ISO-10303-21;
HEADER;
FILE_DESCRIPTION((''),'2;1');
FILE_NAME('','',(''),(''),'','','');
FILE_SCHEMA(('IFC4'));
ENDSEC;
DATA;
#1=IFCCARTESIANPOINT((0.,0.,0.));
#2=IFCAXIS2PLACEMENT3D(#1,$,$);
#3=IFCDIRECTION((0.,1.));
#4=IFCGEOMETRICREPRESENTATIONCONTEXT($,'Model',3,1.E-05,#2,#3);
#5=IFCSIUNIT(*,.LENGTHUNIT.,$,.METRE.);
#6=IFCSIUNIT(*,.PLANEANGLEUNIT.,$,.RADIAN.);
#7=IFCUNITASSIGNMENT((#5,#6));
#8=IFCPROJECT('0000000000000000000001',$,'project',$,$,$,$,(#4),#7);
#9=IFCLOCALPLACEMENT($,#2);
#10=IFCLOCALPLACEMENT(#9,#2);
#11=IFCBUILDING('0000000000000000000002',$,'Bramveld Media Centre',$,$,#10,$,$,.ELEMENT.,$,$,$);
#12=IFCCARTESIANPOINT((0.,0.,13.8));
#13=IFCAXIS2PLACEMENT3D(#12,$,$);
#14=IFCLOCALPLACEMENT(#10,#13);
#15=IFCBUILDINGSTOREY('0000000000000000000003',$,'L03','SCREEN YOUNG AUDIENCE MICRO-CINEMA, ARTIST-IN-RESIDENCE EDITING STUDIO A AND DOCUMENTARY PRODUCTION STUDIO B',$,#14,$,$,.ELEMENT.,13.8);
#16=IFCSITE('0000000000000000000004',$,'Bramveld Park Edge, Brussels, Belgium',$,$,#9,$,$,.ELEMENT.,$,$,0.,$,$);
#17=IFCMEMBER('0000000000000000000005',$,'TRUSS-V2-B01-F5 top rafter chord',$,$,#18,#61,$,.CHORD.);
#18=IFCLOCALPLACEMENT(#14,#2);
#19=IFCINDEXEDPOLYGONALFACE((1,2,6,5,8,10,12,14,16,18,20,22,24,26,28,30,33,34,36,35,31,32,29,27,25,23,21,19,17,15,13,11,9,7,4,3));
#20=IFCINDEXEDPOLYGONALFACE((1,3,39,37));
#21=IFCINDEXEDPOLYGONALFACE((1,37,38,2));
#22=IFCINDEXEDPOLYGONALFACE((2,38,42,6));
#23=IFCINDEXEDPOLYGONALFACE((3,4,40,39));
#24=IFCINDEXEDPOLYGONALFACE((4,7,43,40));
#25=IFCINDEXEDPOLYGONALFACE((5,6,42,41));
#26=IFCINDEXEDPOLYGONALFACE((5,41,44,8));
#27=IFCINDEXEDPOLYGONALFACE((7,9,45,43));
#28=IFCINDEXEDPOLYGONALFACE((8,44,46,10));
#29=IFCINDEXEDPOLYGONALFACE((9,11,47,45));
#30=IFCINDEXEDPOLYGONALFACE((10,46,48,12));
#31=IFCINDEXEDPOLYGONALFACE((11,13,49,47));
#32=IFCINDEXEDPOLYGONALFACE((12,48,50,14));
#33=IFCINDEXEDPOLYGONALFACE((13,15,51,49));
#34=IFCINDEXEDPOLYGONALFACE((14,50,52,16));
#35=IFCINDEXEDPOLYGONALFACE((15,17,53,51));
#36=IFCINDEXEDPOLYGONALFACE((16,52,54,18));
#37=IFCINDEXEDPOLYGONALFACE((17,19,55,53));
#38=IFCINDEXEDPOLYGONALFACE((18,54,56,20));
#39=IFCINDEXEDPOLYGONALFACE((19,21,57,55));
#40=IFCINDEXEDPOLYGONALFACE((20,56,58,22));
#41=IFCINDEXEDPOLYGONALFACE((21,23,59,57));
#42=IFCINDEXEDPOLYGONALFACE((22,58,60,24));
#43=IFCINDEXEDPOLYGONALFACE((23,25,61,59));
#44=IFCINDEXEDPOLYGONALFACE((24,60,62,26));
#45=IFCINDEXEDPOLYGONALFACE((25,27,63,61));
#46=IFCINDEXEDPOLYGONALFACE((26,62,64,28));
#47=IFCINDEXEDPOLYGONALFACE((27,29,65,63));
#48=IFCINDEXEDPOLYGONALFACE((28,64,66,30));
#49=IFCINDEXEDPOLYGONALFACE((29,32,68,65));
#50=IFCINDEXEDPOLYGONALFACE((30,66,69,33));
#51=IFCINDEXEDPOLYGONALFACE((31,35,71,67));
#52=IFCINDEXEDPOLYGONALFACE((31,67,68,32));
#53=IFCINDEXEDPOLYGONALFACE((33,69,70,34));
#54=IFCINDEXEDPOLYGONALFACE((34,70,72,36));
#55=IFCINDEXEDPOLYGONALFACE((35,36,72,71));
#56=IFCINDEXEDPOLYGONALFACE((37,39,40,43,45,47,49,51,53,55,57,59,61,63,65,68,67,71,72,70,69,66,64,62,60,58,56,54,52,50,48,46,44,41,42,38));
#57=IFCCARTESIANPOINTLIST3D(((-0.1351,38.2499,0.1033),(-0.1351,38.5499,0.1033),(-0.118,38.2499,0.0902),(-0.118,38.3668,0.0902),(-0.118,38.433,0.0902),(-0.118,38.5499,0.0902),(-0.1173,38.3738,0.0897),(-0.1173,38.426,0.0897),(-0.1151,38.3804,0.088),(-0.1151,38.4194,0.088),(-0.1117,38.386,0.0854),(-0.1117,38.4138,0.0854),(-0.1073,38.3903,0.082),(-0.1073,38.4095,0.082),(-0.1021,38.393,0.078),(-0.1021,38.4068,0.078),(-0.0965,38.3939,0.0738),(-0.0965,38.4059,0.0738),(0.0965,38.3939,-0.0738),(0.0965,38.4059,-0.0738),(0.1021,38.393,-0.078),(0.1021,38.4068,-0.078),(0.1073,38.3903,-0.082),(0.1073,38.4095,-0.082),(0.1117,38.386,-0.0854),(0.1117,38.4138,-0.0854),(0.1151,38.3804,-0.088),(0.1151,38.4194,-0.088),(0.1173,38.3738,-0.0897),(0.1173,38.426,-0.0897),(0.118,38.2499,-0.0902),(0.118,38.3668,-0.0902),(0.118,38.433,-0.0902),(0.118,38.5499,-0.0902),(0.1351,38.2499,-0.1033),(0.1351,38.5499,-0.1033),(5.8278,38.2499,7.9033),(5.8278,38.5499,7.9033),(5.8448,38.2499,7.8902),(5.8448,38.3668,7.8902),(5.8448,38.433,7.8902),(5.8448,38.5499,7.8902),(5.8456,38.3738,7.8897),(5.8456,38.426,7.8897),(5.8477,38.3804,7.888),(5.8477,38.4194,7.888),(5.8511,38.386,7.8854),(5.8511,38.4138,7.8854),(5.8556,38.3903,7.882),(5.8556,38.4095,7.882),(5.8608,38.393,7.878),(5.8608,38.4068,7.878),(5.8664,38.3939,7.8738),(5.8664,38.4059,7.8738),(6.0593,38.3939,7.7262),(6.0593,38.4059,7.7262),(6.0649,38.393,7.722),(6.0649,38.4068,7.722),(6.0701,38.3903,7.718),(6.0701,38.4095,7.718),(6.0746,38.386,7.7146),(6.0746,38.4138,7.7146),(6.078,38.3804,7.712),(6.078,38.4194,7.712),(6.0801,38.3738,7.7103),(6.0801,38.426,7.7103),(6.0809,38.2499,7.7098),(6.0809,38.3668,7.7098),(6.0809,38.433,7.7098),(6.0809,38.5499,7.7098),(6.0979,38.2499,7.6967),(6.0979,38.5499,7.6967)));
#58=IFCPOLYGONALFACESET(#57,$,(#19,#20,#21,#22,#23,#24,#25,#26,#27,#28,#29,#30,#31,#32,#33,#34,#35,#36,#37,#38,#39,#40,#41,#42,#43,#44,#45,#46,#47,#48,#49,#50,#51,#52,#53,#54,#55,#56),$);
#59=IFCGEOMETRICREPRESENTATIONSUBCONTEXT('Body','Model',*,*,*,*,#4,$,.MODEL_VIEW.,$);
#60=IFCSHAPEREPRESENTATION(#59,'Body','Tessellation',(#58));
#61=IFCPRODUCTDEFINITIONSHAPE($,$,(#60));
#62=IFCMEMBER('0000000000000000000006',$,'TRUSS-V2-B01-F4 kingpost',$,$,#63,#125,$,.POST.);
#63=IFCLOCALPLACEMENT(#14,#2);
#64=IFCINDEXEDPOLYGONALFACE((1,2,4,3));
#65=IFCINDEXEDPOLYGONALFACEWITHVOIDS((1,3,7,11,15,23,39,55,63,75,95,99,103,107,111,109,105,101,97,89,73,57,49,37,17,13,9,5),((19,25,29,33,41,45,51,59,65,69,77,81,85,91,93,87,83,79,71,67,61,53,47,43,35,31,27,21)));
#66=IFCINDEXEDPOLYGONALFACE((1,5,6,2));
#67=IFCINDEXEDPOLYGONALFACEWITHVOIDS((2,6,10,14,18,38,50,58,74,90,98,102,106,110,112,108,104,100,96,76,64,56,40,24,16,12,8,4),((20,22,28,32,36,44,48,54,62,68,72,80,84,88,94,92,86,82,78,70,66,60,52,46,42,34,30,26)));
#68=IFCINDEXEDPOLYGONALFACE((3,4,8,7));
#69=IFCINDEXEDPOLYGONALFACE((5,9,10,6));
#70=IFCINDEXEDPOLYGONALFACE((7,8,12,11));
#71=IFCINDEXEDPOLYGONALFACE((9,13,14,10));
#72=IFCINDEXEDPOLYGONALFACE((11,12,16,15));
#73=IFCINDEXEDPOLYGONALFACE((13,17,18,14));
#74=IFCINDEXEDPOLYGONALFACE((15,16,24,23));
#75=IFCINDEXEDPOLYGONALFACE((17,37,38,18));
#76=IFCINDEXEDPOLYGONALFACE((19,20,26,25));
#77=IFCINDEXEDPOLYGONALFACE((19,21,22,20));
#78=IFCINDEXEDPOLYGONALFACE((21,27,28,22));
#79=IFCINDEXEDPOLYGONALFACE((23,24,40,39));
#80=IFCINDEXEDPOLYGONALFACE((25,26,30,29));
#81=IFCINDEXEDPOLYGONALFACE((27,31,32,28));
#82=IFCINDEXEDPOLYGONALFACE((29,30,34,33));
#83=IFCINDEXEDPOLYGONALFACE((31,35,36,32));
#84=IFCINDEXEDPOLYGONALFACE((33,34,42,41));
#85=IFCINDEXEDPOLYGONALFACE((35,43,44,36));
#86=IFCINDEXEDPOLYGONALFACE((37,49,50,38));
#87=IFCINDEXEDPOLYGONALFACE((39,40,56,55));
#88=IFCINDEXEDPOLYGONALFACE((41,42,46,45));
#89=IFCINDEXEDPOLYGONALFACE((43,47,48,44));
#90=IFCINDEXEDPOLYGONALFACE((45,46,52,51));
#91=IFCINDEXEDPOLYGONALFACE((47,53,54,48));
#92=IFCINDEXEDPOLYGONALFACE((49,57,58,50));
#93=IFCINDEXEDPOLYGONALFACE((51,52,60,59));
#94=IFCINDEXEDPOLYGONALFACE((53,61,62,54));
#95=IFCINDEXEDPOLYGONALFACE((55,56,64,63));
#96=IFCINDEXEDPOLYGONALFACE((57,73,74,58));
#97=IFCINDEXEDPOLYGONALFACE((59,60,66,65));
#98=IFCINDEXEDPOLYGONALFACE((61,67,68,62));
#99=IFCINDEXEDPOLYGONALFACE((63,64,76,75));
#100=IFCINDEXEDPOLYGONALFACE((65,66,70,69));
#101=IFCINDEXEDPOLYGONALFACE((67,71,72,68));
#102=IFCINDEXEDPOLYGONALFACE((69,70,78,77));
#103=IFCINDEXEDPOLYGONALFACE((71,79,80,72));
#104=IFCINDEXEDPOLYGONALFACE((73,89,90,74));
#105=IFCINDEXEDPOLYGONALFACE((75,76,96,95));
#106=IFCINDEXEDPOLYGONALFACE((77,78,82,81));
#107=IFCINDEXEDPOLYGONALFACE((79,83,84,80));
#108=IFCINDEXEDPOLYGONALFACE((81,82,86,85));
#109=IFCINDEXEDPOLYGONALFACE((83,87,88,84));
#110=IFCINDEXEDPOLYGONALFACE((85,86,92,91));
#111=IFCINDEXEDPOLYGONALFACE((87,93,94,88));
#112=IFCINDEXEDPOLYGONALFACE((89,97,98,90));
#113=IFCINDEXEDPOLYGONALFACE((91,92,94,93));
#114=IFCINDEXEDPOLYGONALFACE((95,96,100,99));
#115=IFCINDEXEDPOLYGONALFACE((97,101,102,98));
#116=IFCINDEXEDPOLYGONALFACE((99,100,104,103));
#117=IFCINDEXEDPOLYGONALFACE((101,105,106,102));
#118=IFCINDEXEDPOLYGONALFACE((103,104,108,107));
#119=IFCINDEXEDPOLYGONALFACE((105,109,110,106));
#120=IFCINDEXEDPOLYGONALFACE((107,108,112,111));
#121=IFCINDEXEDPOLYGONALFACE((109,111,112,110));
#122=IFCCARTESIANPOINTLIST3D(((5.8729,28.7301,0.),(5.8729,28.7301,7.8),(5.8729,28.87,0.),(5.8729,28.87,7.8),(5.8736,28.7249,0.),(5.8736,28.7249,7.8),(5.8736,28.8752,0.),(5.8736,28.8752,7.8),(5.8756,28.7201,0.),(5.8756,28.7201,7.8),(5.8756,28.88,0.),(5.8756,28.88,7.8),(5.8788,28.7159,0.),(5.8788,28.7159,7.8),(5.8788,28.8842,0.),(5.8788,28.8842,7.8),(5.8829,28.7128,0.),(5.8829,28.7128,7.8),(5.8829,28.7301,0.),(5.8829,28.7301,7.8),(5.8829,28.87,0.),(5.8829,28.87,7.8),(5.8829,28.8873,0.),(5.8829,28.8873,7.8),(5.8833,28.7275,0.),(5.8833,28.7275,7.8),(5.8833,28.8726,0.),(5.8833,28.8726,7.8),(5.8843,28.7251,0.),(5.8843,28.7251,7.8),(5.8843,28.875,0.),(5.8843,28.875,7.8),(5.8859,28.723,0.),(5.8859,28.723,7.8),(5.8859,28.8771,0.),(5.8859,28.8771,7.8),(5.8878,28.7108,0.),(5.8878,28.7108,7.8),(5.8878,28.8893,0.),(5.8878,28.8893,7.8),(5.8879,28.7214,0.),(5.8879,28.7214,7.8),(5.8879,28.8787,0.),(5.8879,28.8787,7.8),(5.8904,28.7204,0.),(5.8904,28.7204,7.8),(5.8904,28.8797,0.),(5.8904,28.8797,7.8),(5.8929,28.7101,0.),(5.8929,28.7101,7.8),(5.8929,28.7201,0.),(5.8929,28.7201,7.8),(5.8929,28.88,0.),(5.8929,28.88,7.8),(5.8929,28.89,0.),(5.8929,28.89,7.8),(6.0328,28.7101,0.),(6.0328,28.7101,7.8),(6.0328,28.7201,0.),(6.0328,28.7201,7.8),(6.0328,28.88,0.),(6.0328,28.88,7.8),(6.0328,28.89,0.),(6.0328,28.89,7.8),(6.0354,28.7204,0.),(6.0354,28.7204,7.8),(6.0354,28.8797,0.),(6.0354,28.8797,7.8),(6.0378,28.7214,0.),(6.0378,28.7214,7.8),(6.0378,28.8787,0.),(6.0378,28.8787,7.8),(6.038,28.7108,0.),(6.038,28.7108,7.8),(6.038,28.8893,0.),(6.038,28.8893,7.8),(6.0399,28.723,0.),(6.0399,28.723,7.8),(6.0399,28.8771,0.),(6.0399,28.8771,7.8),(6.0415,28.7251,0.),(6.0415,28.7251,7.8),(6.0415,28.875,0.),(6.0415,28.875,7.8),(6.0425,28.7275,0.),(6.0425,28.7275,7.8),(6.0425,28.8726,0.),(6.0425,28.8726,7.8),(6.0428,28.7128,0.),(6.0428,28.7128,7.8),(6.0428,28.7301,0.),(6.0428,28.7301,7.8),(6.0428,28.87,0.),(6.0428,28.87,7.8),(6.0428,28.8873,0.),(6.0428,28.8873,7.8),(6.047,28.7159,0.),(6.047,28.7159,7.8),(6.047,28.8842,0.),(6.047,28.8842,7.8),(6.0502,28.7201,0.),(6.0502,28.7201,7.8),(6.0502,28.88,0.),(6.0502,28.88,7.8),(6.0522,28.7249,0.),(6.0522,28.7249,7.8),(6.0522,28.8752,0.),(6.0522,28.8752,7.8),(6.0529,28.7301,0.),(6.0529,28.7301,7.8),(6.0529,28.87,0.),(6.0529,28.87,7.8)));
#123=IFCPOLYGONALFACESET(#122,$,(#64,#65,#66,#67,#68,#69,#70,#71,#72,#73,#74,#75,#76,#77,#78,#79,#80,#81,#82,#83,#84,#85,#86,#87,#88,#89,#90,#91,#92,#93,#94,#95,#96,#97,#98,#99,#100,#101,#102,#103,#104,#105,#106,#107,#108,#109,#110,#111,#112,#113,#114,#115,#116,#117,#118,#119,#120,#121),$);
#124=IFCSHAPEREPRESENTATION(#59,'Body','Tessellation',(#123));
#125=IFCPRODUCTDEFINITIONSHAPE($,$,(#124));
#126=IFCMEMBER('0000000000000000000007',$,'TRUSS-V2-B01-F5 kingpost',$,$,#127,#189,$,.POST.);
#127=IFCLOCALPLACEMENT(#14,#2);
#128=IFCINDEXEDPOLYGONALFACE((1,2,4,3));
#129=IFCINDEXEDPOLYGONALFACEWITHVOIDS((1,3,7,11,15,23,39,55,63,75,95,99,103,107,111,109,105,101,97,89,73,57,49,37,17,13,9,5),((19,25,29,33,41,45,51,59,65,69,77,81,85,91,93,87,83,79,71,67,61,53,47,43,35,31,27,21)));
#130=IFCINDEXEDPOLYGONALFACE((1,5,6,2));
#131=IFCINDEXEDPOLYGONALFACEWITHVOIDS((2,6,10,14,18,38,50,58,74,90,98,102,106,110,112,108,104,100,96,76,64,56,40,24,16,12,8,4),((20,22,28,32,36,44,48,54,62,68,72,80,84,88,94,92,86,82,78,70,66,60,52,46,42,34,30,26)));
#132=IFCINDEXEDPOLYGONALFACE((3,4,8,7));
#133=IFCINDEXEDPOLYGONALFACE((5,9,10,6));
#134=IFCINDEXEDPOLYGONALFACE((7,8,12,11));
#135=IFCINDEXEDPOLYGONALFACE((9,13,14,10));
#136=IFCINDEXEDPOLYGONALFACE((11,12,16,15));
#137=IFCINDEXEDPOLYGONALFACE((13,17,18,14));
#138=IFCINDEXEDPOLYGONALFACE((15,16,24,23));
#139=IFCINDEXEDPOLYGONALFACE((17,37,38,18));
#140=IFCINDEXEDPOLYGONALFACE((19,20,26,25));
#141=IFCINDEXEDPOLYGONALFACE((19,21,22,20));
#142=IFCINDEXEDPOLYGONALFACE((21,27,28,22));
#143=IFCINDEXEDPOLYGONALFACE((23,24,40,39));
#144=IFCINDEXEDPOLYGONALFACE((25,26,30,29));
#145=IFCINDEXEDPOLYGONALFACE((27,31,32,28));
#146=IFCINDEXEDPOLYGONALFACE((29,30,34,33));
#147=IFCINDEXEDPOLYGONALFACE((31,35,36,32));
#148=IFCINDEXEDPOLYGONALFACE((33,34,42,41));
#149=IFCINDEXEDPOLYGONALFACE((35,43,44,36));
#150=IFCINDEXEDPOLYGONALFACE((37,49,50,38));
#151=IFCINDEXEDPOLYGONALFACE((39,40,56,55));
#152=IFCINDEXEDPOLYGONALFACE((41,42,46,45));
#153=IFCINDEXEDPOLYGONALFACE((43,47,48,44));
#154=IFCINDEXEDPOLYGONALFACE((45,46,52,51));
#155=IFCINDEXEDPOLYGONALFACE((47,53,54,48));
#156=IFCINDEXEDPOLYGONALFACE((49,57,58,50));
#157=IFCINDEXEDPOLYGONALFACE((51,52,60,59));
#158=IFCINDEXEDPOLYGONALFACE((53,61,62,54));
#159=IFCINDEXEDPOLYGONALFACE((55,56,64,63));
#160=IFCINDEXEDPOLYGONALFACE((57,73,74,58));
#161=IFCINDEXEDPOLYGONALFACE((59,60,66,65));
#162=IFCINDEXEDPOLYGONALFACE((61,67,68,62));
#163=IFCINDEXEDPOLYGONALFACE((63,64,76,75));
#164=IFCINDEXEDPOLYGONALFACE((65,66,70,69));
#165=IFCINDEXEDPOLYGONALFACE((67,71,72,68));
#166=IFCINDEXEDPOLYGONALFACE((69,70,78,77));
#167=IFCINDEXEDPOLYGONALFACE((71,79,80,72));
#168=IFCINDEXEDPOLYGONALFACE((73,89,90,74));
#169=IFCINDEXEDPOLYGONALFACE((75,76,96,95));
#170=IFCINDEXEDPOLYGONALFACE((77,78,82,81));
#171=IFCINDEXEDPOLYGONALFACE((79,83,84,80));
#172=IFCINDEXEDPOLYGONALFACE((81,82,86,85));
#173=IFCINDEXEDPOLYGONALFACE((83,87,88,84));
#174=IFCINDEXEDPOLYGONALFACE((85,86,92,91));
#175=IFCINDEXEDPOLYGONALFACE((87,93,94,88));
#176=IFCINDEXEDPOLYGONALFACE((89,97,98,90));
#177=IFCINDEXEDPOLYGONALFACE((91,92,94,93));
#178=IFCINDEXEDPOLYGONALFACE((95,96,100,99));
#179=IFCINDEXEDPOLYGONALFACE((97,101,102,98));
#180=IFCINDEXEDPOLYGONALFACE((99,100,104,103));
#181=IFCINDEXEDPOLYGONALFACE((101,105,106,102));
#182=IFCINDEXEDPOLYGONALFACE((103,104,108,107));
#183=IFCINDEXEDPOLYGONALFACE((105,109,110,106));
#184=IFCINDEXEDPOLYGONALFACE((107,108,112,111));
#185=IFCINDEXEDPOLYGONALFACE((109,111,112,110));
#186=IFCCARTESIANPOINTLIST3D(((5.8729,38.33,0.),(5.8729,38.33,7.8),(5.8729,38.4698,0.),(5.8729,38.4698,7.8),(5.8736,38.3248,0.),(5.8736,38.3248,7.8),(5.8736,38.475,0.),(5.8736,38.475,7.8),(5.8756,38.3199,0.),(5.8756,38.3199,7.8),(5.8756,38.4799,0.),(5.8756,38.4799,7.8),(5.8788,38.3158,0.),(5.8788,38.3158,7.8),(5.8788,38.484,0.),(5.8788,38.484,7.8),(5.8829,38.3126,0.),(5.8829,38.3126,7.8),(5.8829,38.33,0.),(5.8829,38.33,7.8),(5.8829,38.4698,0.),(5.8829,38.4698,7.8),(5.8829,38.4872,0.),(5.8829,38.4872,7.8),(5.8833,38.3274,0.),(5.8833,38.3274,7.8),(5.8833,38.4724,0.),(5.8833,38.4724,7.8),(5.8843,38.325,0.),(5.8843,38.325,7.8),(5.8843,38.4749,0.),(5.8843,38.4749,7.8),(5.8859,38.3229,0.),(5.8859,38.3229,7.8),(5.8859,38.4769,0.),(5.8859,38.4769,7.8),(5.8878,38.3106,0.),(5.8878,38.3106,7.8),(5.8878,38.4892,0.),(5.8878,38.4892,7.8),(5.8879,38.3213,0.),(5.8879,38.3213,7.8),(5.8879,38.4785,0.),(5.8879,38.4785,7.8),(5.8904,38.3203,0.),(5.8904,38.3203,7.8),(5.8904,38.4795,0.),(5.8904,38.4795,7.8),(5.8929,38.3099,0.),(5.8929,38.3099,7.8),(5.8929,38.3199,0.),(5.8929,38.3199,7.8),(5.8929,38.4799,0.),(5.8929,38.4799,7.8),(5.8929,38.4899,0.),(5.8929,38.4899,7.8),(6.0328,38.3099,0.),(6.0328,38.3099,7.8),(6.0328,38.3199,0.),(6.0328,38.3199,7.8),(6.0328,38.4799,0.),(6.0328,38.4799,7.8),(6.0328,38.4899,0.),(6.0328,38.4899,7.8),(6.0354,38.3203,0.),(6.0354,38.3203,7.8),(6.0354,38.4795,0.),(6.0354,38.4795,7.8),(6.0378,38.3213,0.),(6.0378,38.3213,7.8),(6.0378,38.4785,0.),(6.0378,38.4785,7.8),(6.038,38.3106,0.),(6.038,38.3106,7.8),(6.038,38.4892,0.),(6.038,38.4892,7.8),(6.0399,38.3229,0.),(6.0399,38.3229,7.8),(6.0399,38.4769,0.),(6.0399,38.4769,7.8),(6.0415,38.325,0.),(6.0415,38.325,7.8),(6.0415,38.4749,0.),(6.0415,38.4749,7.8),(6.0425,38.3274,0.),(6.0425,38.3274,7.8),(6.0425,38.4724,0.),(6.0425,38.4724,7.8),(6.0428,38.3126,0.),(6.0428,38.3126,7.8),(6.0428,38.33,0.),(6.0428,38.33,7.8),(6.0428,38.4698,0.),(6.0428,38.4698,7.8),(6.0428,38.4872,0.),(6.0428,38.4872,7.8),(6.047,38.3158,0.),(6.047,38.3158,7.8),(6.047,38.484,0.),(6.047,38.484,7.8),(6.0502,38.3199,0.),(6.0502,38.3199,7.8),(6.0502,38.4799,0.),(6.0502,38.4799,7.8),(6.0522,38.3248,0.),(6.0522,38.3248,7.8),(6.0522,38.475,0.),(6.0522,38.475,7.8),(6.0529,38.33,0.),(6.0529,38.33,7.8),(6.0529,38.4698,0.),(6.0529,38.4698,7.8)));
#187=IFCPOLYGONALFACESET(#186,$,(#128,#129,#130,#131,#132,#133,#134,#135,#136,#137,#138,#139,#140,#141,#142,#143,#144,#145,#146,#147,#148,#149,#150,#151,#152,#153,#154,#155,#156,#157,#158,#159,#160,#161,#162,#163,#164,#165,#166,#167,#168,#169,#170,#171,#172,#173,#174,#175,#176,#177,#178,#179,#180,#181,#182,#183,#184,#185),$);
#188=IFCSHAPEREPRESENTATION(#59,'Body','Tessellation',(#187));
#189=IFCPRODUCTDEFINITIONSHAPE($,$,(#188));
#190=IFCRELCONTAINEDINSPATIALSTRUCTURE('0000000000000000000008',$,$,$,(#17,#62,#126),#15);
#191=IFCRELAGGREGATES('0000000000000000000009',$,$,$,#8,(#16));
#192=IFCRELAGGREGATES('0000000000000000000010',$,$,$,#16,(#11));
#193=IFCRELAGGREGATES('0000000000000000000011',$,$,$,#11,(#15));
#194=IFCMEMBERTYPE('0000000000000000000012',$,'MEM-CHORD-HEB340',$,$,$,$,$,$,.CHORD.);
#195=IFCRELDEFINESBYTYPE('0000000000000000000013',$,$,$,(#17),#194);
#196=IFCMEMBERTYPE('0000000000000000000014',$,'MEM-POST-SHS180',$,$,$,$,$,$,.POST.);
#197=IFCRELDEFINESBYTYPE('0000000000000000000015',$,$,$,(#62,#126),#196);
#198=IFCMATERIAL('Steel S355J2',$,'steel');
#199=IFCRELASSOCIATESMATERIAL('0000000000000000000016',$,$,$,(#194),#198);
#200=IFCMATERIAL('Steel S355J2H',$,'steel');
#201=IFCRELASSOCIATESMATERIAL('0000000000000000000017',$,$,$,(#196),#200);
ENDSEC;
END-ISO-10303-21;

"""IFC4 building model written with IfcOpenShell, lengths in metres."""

from ifc_helpers import new_model, si_unit, direction, frame, origin, origin_2d, place, context, subcontext, project, spatial, hollow_rectangle, i_section, extrude, material, material_profile, profile_set, type_object, element, save


model = new_model("IFC4")

# Units and contexts
model_context = context("Model", 3, precision=1e-05, world=origin(), true_north=direction((0.0, 1.0)))
body_context = subcontext(model_context, "Body", "Model", "MODEL_VIEW")
ifc_project = project(units=[si_unit("LENGTHUNIT", "METRE"), si_unit("PLANEANGLEUNIT", "RADIAN")], contexts=[model_context])

# Site, building, storey
site_placement = place(None, origin())
site = spatial("IfcSite", under=ifc_project, at=site_placement, Name="Bramveld Park Edge, Brussels, Belgium", CompositionType="ELEMENT", RefElevation=0.0)
building_placement = place(site_placement, origin())
building = spatial("IfcBuilding", under=site, at=building_placement, Name="Bramveld Media Centre", CompositionType="ELEMENT")
storey_placement = place(building_placement, frame((0.0, 0.0, 13.8)))
storey = spatial("IfcBuildingStorey", under=building, at=storey_placement, Name="L03", Description="SCREEN YOUNG AUDIENCE MICRO-CINEMA, ARTIST-IN-RESIDENCE EDITING STUDIO A AND DOCUMENTARY PRODUCTION STUDIO B", CompositionType="ELEMENT", Elevation=13.8)

# Members
ifc_material_1 = material(Name="Steel S355J2", Category="steel")
ifc_material_profile_1 = material_profile(ifc_material_1, i_section(OverallWidth=0.3, OverallDepth=0.3401, WebThickness=0.012, FlangeThickness=0.0215, FilletRadius=0.0271, at=origin_2d()), Name="HEB 340")
ifc_profile_set_1 = profile_set([ifc_material_profile_1], Name="Steel S355J2")
member_type_1 = type_object("IfcMemberType", Name="MEM-CHORD-HEB340", PredefinedType="CHORD", material=ifc_profile_set_1)
for number, where, z_axis, x_axis, name in (
    (1, (0.0, 38.3999, 0.0), (0.607331, 0.0, 0.794449), (0.0, 1.0, 0.0), "TRUSS-V2-B01-F5 top rafter chord"),
):
    element("IfcMember", number, at=place(storey_placement, frame(where, z_axis=z_axis, x_axis=x_axis)), inside=storey, type_object=member_type_1, Name=name, PredefinedType="CHORD", context=body_context, shape_type="SweptSolid", body=[
        extrude(i_section(OverallWidth=0.3, OverallDepth=0.3401, WebThickness=0.012, FlangeThickness=0.0215, FilletRadius=0.0271, at=origin_2d()), origin(), (0.0, 0.0, 1.0), 9.8181),
    ])
ifc_material_2 = material(Name="Steel S355J2H", Category="steel")
ifc_material_profile_2 = material_profile(ifc_material_2, hollow_rectangle(XDim=0.1799, YDim=0.1799, WallThickness=0.01, InnerFilletRadius=0.01, OuterFilletRadius=0.02, at=origin_2d()), Name="SHS 180x180x10")
ifc_profile_set_2 = profile_set([ifc_material_profile_2], Name="Steel S355J2H")
member_type_2 = type_object("IfcMemberType", Name="MEM-POST-SHS180", PredefinedType="POST", material=ifc_profile_set_2)
for number, where, z_axis, x_axis, name in (
    (2, (5.9629, 28.8, 0.0), (0.0, 0.0, 1.0), (1.0, 0.0, 0.0), "TRUSS-V2-B01-F4 kingpost"),
    (3, (5.9629, 38.3999, 0.0), (0.0, 0.0, 1.0), (1.0, 0.0, 0.0), "TRUSS-V2-B01-F5 kingpost"),
):
    element("IfcMember", number, at=place(storey_placement, frame(where, z_axis=z_axis, x_axis=x_axis)), inside=storey, type_object=member_type_2, Name=name, PredefinedType="POST", context=body_context, shape_type="SweptSolid", body=[
        extrude(hollow_rectangle(XDim=0.1799, YDim=0.1799, WallThickness=0.01, InnerFilletRadius=0.01, OuterFilletRadius=0.02, at=origin_2d()), origin(), (0.0, 0.0, 1.0), 7.8),
    ])

save(model, "model.ifc")
